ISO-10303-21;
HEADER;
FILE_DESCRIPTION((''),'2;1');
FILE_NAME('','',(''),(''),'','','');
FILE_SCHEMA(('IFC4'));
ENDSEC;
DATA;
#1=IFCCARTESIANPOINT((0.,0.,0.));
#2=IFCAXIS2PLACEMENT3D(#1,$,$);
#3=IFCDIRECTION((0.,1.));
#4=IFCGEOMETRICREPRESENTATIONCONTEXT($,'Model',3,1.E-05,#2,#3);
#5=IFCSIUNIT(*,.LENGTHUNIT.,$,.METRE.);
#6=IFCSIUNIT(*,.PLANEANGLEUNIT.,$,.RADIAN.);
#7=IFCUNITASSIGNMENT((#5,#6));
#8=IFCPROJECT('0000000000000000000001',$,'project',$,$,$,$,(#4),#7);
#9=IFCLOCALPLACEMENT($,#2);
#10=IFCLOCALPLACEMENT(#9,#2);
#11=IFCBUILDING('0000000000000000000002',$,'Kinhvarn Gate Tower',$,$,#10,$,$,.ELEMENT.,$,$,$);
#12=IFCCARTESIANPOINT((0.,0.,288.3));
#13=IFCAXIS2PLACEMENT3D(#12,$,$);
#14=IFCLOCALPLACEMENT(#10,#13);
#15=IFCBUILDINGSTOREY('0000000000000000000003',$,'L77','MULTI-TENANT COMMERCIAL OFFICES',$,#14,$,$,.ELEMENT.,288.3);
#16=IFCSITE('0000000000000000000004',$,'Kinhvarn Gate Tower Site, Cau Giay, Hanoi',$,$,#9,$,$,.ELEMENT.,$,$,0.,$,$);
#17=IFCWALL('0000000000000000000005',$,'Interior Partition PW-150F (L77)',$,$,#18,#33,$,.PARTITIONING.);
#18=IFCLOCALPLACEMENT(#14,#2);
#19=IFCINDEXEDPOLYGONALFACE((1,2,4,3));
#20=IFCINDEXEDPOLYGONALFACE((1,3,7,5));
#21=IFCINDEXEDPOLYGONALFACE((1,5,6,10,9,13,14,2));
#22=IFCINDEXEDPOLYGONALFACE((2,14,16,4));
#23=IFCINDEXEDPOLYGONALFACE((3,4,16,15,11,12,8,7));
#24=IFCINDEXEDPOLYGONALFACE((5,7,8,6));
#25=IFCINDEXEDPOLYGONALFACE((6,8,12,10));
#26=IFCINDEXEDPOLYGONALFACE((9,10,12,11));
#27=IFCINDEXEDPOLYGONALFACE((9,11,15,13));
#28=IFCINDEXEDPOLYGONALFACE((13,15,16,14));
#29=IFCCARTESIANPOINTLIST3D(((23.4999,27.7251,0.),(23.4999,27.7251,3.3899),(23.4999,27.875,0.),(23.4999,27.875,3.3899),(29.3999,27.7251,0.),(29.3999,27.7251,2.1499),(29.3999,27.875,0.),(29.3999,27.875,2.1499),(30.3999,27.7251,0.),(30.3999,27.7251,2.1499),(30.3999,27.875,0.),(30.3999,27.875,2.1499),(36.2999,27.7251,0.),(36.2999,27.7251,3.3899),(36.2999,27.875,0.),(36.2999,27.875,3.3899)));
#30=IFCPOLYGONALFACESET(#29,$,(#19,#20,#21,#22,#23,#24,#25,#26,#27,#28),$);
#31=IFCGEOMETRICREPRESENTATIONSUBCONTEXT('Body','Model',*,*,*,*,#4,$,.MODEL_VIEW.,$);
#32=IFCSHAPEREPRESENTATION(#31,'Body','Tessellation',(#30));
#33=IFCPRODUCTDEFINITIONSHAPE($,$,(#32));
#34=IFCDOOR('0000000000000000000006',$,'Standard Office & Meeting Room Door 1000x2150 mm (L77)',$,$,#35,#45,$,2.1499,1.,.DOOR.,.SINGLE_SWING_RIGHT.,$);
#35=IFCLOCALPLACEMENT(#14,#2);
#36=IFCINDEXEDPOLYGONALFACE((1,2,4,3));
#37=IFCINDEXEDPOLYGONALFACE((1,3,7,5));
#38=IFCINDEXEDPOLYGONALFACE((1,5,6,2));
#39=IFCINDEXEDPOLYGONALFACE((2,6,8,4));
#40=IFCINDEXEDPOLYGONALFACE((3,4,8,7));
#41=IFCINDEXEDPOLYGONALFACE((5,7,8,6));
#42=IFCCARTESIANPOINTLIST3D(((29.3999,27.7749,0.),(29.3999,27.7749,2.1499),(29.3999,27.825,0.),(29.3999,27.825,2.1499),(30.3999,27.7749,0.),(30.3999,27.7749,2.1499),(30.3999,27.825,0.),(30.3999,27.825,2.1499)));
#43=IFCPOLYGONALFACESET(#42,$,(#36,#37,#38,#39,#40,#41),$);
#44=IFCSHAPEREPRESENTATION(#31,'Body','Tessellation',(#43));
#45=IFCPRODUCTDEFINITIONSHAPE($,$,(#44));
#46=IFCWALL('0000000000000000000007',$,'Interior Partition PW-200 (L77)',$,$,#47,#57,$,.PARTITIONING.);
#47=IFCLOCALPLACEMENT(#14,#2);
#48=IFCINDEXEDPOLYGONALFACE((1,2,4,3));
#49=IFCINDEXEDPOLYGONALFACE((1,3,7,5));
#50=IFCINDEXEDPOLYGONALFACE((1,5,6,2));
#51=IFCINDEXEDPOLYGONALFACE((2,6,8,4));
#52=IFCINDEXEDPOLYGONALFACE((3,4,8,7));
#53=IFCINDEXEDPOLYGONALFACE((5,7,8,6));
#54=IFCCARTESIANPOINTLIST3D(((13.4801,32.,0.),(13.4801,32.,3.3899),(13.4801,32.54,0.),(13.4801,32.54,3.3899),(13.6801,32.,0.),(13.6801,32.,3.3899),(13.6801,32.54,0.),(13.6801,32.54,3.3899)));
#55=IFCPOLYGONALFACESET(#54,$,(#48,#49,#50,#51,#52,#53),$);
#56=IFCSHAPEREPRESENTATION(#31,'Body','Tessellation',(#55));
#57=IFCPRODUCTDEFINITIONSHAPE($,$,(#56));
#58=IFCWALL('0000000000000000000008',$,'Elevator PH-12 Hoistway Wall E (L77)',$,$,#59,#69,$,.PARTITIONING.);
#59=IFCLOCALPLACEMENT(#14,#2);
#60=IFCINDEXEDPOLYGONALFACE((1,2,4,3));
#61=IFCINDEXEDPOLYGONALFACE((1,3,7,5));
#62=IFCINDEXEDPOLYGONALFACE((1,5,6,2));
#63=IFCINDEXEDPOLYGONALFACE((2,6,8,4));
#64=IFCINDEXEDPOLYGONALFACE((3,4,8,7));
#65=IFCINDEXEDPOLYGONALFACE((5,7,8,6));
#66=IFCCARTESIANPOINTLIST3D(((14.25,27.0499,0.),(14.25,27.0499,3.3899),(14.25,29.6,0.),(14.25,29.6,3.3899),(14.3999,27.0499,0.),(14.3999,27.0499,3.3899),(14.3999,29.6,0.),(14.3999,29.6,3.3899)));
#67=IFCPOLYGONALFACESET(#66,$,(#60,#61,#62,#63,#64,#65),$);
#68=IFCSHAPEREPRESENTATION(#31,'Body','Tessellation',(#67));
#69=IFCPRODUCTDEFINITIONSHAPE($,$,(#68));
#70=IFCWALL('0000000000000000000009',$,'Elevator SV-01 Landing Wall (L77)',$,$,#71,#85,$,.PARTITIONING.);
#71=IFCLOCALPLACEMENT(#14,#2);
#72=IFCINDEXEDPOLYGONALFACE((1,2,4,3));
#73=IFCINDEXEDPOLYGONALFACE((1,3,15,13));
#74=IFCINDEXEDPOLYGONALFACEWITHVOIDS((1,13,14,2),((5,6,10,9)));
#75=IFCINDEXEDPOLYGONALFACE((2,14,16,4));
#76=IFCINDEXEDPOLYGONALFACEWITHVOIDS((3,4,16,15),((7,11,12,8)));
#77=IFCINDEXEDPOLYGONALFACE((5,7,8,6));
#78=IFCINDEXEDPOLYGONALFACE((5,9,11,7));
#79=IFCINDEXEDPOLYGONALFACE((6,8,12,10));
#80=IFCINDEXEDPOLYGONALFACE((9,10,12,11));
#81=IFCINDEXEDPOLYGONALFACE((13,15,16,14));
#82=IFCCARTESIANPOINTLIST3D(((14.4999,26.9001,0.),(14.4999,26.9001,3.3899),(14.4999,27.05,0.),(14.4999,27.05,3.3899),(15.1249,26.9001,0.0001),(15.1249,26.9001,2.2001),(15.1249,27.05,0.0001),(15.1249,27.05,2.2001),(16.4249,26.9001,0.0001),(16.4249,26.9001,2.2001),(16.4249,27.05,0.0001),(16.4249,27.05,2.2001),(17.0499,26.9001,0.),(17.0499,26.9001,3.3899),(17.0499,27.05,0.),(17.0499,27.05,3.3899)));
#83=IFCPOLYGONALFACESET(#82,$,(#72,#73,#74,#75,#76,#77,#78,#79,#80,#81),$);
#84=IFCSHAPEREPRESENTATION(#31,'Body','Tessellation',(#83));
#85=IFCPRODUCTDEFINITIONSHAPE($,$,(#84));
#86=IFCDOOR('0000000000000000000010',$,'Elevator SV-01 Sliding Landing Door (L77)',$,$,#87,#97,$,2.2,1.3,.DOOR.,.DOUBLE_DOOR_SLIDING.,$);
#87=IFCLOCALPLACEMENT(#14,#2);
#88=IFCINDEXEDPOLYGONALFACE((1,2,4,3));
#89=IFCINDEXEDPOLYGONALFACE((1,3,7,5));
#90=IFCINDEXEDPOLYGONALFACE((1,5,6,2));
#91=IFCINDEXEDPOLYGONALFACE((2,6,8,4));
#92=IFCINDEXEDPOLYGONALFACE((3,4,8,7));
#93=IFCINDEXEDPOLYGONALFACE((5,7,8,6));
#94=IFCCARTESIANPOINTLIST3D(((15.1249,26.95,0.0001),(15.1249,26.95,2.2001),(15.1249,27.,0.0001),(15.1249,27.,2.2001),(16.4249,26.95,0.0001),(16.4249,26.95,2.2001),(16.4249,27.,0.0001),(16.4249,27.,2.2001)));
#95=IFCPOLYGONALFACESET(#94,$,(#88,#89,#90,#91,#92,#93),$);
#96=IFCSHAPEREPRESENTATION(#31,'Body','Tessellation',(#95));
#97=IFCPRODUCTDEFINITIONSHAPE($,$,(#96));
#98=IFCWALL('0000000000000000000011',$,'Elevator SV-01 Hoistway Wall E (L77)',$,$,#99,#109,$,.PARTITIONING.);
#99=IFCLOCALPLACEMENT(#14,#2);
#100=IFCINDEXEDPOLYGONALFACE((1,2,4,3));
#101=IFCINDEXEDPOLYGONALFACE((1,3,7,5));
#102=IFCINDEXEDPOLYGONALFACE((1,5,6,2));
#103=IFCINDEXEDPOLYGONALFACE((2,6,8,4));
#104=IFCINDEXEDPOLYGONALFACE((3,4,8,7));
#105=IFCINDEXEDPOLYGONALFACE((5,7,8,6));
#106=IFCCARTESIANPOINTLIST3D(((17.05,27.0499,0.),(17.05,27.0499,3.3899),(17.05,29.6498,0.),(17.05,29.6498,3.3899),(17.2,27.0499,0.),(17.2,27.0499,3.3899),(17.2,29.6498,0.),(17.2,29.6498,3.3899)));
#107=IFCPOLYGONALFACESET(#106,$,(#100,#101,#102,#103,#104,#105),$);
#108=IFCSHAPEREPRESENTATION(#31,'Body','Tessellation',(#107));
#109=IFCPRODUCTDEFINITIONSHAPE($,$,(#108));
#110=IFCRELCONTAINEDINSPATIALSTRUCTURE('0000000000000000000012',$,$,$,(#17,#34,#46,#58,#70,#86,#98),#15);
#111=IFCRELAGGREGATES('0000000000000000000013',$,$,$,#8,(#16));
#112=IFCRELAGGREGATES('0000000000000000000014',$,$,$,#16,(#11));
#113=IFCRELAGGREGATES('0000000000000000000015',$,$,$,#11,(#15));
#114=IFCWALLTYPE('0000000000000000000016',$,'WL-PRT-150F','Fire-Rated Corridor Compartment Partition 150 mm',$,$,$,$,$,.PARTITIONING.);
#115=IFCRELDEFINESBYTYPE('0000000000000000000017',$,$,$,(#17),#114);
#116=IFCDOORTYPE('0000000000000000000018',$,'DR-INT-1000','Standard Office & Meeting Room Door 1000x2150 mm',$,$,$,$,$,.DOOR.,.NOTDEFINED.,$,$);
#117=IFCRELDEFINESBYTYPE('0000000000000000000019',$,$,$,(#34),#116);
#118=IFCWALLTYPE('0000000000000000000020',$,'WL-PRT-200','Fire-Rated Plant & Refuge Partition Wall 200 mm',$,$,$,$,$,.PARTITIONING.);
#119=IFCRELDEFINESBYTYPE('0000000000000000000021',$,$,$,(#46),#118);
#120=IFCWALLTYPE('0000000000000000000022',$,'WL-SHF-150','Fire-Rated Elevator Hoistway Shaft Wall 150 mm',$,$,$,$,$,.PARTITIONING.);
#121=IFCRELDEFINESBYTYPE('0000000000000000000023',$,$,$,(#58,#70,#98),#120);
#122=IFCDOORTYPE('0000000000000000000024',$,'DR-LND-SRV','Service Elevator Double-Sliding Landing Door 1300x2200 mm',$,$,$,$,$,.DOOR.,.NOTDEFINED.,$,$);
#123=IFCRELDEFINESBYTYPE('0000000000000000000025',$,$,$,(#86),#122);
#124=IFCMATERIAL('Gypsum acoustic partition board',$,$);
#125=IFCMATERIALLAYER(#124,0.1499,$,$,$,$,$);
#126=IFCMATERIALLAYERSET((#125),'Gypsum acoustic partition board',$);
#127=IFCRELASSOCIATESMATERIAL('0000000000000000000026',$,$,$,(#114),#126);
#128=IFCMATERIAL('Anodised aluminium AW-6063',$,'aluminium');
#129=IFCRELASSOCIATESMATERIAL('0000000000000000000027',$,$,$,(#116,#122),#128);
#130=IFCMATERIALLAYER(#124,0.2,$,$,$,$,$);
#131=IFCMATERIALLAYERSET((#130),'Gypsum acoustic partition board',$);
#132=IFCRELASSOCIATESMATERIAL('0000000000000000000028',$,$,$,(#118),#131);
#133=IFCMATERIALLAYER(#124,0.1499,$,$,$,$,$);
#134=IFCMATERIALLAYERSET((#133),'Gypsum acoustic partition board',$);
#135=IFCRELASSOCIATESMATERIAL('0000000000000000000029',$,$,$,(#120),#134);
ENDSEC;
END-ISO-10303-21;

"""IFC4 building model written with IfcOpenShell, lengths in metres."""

from ifc_helpers import new_model, si_unit, direction, frame, frame_2d, origin, place, context, subcontext, project, spatial, rectangle, extrude, material, layer, layer_set, type_object, element, fill, save


model = new_model("IFC4")

# Units and contexts
model_context = context("Model", 3, precision=1e-05, world=origin(), true_north=direction((0.0, 1.0)))
body_context = subcontext(model_context, "Body", "Model", "MODEL_VIEW")
ifc_project = project(units=[si_unit("LENGTHUNIT", "METRE"), si_unit("PLANEANGLEUNIT", "RADIAN")], contexts=[model_context])

# Site, building, storey
site_placement = place(None, origin())
site = spatial("IfcSite", under=ifc_project, at=site_placement, Name="Kinhvarn Gate Tower Site, Cau Giay, Hanoi", CompositionType="ELEMENT", RefElevation=0.0)
building_placement = place(site_placement, origin())
building = spatial("IfcBuilding", under=site, at=building_placement, Name="Kinhvarn Gate Tower", CompositionType="ELEMENT")
storey_placement = place(building_placement, frame((0.0, 0.0, 288.3)))
storey = spatial("IfcBuildingStorey", under=building, at=storey_placement, Name="L77", Description="MULTI-TENANT COMMERCIAL OFFICES", CompositionType="ELEMENT", Elevation=288.3)

# Shared definitions
ifc_material_1 = material(Name="Anodised aluminium AW-6063", Category="aluminium")

# Shared definitions
ifc_material_2 = material(Name="Gypsum acoustic partition board")

# Shared definitions
ifc_layer_1 = layer(ifc_material_2, 0.1499)
ifc_layer_set_1 = layer_set([ifc_layer_1], Name="Gypsum acoustic partition board")
wall_type_1 = type_object("IfcWallType", Name="WL-PRT-150F", Description="Fire-Rated Corridor Compartment Partition 150 mm", PredefinedType="PARTITIONING", material=ifc_layer_set_1)

# Shared definitions
door_type_1 = type_object("IfcDoorType", Name="DR-INT-1000", Description="Standard Office & Meeting Room Door 1000x2150 mm", OperationType="NOTDEFINED", PredefinedType="DOOR", material=ifc_material_1)

# Wall, opening, door
wall_1_placement = place(storey_placement, frame((23.5, 27.8, 0.0), z_axis=(0.0, 0.0, 1.0), x_axis=(1.0, 0.0, 0.0)))
wall_1 = element("IfcWall", 1, at=wall_1_placement, inside=storey, type_object=wall_type_1, Name="Interior Partition PW-150F (L77)", PredefinedType="PARTITIONING", context=body_context, shape_type="SweptSolid", body=[
    extrude(rectangle(XDim=12.8, YDim=0.1499, at=frame_2d((6.3999, 0.0))), origin(), (0.0, 0.0, 1.0), 3.3899),
])
opening_1_placement = place(wall_1_placement, frame((5.8999, 0.0, 0.0)))
opening_1 = element("IfcOpeningElement", 2, at=opening_1_placement, cuts=wall_1, PredefinedType="OPENING", context=body_context, shape_type="SweptSolid", body=[
    extrude(rectangle(XDim=1.0, YDim=2.1499, at=frame_2d((0.5, 1.075))), frame((0.0, 0.085, 0.0), z_axis=(0.0, -1.0, 0.0), x_axis=(1.0, 0.0, 0.0)), (0.0, 0.0, 1.0), 0.1699),
])
door_1_placement = place(opening_1_placement, origin())
door_1 = element("IfcDoor", 3, at=door_1_placement, inside=storey, type_object=door_type_1, Name="Standard Office & Meeting Room Door 1000x2150 mm (L77)", OperationType="SINGLE_SWING_RIGHT", OverallHeight=2.1499, OverallWidth=1.0, PredefinedType="DOOR", context=body_context, shape_type="SweptSolid", body=[
    extrude(rectangle(XDim=1.0, YDim=2.1499, at=frame_2d((0.5, 1.075))), frame((0.0, 0.0249, 0.0), z_axis=(0.0, -1.0, 0.0), x_axis=(1.0, 0.0, 0.0)), (0.0, 0.0, 1.0), 0.05),
])
fill(opening_1, door_1)

# Walls
ifc_layer_2 = layer(ifc_material_2, 0.2)
ifc_layer_set_2 = layer_set([ifc_layer_2], Name="Gypsum acoustic partition board")
wall_type_2 = type_object("IfcWallType", Name="WL-PRT-200", Description="Fire-Rated Plant & Refuge Partition Wall 200 mm", PredefinedType="PARTITIONING", material=ifc_layer_set_2)
wall_2_placement = place(storey_placement, frame((13.5801, 32.0, 0.0), z_axis=(0.0, 0.0, 1.0), x_axis=(0.0, 1.0, 0.0)))
element("IfcWall", 4, at=wall_2_placement, inside=storey, type_object=wall_type_2, Name="Interior Partition PW-200 (L77)", PredefinedType="PARTITIONING", context=body_context, shape_type="SweptSolid", body=[
    extrude(rectangle(XDim=0.54, YDim=0.2, at=frame_2d((0.27, 0.0))), origin(), (0.0, 0.0, 1.0), 3.3899),
])
ifc_layer_3 = layer(ifc_material_2, 0.1499)
ifc_layer_set_3 = layer_set([ifc_layer_3], Name="Gypsum acoustic partition board")
wall_type_3 = type_object("IfcWallType", Name="WL-SHF-150", Description="Fire-Rated Elevator Hoistway Shaft Wall 150 mm", PredefinedType="PARTITIONING", material=ifc_layer_set_3)
wall_3_placement = place(storey_placement, frame((14.325, 27.05, 0.0), z_axis=(0.0, 0.0, 1.0), x_axis=(0.0, 1.0, 0.0)))
element("IfcWall", 5, at=wall_3_placement, inside=storey, type_object=wall_type_3, Name="Elevator PH-12 Hoistway Wall E (L77)", PredefinedType="PARTITIONING", context=body_context, shape_type="SweptSolid", body=[
    extrude(rectangle(XDim=2.55, YDim=0.1499, at=frame_2d((1.2749, 0.0))), origin(), (0.0, 0.0, 1.0), 3.3899),
])

# Wall, opening, door
wall_4_placement = place(storey_placement, frame((14.5, 26.9751, 0.0), z_axis=(0.0, 0.0, 1.0), x_axis=(1.0, 0.0, 0.0)))
wall_4 = element("IfcWall", 6, at=wall_4_placement, inside=storey, type_object=wall_type_3, Name="Elevator SV-01 Landing Wall (L77)", PredefinedType="PARTITIONING", context=body_context, shape_type="SweptSolid", body=[
    extrude(rectangle(XDim=2.55, YDim=0.1499, at=frame_2d((1.2749, 0.0))), origin(), (0.0, 0.0, 1.0), 3.3899),
])
opening_2_placement = place(wall_4_placement, frame((0.625, 0.0, 0.0)))
opening_2 = element("IfcOpeningElement", 7, at=opening_2_placement, cuts=wall_4, PredefinedType="OPENING", context=body_context, shape_type="SweptSolid", body=[
    extrude(rectangle(XDim=1.3, YDim=2.2, at=frame_2d((0.6499, 1.1001))), frame((0.0, 0.085, 0.0), z_axis=(0.0, -1.0, 0.0), x_axis=(1.0, 0.0, 0.0)), (0.0, 0.0, 1.0), 0.1699),
])
door_type_2 = type_object("IfcDoorType", Name="DR-LND-SRV", Description="Service Elevator Double-Sliding Landing Door 1300x2200 mm", OperationType="NOTDEFINED", PredefinedType="DOOR", material=ifc_material_1)
door_2_placement = place(opening_2_placement, origin())
door_2 = element("IfcDoor", 8, at=door_2_placement, inside=storey, type_object=door_type_2, Name="Elevator SV-01 Sliding Landing Door (L77)", OperationType="DOUBLE_DOOR_SLIDING", OverallHeight=2.2, OverallWidth=1.3, PredefinedType="DOOR", context=body_context, shape_type="SweptSolid", body=[
    extrude(rectangle(XDim=1.3, YDim=2.2, at=frame_2d((0.6499, 1.1001))), frame((0.0, 0.0249, 0.0), z_axis=(0.0, -1.0, 0.0), x_axis=(1.0, 0.0, 0.0)), (0.0, 0.0, 1.0), 0.05),
])
fill(opening_2, door_2)

# Wall
wall_5_placement = place(storey_placement, frame((17.125, 27.05, 0.0), z_axis=(0.0, 0.0, 1.0), x_axis=(0.0, 1.0, 0.0)))
element("IfcWall", 9, at=wall_5_placement, inside=storey, type_object=wall_type_3, Name="Elevator SV-01 Hoistway Wall E (L77)", PredefinedType="PARTITIONING", context=body_context, shape_type="SweptSolid", body=[
    extrude(rectangle(XDim=2.5999, YDim=0.1499, at=frame_2d((1.2998, 0.0))), origin(), (0.0, 0.0, 1.0), 3.3899),
])

save(model, "model.ifc")
